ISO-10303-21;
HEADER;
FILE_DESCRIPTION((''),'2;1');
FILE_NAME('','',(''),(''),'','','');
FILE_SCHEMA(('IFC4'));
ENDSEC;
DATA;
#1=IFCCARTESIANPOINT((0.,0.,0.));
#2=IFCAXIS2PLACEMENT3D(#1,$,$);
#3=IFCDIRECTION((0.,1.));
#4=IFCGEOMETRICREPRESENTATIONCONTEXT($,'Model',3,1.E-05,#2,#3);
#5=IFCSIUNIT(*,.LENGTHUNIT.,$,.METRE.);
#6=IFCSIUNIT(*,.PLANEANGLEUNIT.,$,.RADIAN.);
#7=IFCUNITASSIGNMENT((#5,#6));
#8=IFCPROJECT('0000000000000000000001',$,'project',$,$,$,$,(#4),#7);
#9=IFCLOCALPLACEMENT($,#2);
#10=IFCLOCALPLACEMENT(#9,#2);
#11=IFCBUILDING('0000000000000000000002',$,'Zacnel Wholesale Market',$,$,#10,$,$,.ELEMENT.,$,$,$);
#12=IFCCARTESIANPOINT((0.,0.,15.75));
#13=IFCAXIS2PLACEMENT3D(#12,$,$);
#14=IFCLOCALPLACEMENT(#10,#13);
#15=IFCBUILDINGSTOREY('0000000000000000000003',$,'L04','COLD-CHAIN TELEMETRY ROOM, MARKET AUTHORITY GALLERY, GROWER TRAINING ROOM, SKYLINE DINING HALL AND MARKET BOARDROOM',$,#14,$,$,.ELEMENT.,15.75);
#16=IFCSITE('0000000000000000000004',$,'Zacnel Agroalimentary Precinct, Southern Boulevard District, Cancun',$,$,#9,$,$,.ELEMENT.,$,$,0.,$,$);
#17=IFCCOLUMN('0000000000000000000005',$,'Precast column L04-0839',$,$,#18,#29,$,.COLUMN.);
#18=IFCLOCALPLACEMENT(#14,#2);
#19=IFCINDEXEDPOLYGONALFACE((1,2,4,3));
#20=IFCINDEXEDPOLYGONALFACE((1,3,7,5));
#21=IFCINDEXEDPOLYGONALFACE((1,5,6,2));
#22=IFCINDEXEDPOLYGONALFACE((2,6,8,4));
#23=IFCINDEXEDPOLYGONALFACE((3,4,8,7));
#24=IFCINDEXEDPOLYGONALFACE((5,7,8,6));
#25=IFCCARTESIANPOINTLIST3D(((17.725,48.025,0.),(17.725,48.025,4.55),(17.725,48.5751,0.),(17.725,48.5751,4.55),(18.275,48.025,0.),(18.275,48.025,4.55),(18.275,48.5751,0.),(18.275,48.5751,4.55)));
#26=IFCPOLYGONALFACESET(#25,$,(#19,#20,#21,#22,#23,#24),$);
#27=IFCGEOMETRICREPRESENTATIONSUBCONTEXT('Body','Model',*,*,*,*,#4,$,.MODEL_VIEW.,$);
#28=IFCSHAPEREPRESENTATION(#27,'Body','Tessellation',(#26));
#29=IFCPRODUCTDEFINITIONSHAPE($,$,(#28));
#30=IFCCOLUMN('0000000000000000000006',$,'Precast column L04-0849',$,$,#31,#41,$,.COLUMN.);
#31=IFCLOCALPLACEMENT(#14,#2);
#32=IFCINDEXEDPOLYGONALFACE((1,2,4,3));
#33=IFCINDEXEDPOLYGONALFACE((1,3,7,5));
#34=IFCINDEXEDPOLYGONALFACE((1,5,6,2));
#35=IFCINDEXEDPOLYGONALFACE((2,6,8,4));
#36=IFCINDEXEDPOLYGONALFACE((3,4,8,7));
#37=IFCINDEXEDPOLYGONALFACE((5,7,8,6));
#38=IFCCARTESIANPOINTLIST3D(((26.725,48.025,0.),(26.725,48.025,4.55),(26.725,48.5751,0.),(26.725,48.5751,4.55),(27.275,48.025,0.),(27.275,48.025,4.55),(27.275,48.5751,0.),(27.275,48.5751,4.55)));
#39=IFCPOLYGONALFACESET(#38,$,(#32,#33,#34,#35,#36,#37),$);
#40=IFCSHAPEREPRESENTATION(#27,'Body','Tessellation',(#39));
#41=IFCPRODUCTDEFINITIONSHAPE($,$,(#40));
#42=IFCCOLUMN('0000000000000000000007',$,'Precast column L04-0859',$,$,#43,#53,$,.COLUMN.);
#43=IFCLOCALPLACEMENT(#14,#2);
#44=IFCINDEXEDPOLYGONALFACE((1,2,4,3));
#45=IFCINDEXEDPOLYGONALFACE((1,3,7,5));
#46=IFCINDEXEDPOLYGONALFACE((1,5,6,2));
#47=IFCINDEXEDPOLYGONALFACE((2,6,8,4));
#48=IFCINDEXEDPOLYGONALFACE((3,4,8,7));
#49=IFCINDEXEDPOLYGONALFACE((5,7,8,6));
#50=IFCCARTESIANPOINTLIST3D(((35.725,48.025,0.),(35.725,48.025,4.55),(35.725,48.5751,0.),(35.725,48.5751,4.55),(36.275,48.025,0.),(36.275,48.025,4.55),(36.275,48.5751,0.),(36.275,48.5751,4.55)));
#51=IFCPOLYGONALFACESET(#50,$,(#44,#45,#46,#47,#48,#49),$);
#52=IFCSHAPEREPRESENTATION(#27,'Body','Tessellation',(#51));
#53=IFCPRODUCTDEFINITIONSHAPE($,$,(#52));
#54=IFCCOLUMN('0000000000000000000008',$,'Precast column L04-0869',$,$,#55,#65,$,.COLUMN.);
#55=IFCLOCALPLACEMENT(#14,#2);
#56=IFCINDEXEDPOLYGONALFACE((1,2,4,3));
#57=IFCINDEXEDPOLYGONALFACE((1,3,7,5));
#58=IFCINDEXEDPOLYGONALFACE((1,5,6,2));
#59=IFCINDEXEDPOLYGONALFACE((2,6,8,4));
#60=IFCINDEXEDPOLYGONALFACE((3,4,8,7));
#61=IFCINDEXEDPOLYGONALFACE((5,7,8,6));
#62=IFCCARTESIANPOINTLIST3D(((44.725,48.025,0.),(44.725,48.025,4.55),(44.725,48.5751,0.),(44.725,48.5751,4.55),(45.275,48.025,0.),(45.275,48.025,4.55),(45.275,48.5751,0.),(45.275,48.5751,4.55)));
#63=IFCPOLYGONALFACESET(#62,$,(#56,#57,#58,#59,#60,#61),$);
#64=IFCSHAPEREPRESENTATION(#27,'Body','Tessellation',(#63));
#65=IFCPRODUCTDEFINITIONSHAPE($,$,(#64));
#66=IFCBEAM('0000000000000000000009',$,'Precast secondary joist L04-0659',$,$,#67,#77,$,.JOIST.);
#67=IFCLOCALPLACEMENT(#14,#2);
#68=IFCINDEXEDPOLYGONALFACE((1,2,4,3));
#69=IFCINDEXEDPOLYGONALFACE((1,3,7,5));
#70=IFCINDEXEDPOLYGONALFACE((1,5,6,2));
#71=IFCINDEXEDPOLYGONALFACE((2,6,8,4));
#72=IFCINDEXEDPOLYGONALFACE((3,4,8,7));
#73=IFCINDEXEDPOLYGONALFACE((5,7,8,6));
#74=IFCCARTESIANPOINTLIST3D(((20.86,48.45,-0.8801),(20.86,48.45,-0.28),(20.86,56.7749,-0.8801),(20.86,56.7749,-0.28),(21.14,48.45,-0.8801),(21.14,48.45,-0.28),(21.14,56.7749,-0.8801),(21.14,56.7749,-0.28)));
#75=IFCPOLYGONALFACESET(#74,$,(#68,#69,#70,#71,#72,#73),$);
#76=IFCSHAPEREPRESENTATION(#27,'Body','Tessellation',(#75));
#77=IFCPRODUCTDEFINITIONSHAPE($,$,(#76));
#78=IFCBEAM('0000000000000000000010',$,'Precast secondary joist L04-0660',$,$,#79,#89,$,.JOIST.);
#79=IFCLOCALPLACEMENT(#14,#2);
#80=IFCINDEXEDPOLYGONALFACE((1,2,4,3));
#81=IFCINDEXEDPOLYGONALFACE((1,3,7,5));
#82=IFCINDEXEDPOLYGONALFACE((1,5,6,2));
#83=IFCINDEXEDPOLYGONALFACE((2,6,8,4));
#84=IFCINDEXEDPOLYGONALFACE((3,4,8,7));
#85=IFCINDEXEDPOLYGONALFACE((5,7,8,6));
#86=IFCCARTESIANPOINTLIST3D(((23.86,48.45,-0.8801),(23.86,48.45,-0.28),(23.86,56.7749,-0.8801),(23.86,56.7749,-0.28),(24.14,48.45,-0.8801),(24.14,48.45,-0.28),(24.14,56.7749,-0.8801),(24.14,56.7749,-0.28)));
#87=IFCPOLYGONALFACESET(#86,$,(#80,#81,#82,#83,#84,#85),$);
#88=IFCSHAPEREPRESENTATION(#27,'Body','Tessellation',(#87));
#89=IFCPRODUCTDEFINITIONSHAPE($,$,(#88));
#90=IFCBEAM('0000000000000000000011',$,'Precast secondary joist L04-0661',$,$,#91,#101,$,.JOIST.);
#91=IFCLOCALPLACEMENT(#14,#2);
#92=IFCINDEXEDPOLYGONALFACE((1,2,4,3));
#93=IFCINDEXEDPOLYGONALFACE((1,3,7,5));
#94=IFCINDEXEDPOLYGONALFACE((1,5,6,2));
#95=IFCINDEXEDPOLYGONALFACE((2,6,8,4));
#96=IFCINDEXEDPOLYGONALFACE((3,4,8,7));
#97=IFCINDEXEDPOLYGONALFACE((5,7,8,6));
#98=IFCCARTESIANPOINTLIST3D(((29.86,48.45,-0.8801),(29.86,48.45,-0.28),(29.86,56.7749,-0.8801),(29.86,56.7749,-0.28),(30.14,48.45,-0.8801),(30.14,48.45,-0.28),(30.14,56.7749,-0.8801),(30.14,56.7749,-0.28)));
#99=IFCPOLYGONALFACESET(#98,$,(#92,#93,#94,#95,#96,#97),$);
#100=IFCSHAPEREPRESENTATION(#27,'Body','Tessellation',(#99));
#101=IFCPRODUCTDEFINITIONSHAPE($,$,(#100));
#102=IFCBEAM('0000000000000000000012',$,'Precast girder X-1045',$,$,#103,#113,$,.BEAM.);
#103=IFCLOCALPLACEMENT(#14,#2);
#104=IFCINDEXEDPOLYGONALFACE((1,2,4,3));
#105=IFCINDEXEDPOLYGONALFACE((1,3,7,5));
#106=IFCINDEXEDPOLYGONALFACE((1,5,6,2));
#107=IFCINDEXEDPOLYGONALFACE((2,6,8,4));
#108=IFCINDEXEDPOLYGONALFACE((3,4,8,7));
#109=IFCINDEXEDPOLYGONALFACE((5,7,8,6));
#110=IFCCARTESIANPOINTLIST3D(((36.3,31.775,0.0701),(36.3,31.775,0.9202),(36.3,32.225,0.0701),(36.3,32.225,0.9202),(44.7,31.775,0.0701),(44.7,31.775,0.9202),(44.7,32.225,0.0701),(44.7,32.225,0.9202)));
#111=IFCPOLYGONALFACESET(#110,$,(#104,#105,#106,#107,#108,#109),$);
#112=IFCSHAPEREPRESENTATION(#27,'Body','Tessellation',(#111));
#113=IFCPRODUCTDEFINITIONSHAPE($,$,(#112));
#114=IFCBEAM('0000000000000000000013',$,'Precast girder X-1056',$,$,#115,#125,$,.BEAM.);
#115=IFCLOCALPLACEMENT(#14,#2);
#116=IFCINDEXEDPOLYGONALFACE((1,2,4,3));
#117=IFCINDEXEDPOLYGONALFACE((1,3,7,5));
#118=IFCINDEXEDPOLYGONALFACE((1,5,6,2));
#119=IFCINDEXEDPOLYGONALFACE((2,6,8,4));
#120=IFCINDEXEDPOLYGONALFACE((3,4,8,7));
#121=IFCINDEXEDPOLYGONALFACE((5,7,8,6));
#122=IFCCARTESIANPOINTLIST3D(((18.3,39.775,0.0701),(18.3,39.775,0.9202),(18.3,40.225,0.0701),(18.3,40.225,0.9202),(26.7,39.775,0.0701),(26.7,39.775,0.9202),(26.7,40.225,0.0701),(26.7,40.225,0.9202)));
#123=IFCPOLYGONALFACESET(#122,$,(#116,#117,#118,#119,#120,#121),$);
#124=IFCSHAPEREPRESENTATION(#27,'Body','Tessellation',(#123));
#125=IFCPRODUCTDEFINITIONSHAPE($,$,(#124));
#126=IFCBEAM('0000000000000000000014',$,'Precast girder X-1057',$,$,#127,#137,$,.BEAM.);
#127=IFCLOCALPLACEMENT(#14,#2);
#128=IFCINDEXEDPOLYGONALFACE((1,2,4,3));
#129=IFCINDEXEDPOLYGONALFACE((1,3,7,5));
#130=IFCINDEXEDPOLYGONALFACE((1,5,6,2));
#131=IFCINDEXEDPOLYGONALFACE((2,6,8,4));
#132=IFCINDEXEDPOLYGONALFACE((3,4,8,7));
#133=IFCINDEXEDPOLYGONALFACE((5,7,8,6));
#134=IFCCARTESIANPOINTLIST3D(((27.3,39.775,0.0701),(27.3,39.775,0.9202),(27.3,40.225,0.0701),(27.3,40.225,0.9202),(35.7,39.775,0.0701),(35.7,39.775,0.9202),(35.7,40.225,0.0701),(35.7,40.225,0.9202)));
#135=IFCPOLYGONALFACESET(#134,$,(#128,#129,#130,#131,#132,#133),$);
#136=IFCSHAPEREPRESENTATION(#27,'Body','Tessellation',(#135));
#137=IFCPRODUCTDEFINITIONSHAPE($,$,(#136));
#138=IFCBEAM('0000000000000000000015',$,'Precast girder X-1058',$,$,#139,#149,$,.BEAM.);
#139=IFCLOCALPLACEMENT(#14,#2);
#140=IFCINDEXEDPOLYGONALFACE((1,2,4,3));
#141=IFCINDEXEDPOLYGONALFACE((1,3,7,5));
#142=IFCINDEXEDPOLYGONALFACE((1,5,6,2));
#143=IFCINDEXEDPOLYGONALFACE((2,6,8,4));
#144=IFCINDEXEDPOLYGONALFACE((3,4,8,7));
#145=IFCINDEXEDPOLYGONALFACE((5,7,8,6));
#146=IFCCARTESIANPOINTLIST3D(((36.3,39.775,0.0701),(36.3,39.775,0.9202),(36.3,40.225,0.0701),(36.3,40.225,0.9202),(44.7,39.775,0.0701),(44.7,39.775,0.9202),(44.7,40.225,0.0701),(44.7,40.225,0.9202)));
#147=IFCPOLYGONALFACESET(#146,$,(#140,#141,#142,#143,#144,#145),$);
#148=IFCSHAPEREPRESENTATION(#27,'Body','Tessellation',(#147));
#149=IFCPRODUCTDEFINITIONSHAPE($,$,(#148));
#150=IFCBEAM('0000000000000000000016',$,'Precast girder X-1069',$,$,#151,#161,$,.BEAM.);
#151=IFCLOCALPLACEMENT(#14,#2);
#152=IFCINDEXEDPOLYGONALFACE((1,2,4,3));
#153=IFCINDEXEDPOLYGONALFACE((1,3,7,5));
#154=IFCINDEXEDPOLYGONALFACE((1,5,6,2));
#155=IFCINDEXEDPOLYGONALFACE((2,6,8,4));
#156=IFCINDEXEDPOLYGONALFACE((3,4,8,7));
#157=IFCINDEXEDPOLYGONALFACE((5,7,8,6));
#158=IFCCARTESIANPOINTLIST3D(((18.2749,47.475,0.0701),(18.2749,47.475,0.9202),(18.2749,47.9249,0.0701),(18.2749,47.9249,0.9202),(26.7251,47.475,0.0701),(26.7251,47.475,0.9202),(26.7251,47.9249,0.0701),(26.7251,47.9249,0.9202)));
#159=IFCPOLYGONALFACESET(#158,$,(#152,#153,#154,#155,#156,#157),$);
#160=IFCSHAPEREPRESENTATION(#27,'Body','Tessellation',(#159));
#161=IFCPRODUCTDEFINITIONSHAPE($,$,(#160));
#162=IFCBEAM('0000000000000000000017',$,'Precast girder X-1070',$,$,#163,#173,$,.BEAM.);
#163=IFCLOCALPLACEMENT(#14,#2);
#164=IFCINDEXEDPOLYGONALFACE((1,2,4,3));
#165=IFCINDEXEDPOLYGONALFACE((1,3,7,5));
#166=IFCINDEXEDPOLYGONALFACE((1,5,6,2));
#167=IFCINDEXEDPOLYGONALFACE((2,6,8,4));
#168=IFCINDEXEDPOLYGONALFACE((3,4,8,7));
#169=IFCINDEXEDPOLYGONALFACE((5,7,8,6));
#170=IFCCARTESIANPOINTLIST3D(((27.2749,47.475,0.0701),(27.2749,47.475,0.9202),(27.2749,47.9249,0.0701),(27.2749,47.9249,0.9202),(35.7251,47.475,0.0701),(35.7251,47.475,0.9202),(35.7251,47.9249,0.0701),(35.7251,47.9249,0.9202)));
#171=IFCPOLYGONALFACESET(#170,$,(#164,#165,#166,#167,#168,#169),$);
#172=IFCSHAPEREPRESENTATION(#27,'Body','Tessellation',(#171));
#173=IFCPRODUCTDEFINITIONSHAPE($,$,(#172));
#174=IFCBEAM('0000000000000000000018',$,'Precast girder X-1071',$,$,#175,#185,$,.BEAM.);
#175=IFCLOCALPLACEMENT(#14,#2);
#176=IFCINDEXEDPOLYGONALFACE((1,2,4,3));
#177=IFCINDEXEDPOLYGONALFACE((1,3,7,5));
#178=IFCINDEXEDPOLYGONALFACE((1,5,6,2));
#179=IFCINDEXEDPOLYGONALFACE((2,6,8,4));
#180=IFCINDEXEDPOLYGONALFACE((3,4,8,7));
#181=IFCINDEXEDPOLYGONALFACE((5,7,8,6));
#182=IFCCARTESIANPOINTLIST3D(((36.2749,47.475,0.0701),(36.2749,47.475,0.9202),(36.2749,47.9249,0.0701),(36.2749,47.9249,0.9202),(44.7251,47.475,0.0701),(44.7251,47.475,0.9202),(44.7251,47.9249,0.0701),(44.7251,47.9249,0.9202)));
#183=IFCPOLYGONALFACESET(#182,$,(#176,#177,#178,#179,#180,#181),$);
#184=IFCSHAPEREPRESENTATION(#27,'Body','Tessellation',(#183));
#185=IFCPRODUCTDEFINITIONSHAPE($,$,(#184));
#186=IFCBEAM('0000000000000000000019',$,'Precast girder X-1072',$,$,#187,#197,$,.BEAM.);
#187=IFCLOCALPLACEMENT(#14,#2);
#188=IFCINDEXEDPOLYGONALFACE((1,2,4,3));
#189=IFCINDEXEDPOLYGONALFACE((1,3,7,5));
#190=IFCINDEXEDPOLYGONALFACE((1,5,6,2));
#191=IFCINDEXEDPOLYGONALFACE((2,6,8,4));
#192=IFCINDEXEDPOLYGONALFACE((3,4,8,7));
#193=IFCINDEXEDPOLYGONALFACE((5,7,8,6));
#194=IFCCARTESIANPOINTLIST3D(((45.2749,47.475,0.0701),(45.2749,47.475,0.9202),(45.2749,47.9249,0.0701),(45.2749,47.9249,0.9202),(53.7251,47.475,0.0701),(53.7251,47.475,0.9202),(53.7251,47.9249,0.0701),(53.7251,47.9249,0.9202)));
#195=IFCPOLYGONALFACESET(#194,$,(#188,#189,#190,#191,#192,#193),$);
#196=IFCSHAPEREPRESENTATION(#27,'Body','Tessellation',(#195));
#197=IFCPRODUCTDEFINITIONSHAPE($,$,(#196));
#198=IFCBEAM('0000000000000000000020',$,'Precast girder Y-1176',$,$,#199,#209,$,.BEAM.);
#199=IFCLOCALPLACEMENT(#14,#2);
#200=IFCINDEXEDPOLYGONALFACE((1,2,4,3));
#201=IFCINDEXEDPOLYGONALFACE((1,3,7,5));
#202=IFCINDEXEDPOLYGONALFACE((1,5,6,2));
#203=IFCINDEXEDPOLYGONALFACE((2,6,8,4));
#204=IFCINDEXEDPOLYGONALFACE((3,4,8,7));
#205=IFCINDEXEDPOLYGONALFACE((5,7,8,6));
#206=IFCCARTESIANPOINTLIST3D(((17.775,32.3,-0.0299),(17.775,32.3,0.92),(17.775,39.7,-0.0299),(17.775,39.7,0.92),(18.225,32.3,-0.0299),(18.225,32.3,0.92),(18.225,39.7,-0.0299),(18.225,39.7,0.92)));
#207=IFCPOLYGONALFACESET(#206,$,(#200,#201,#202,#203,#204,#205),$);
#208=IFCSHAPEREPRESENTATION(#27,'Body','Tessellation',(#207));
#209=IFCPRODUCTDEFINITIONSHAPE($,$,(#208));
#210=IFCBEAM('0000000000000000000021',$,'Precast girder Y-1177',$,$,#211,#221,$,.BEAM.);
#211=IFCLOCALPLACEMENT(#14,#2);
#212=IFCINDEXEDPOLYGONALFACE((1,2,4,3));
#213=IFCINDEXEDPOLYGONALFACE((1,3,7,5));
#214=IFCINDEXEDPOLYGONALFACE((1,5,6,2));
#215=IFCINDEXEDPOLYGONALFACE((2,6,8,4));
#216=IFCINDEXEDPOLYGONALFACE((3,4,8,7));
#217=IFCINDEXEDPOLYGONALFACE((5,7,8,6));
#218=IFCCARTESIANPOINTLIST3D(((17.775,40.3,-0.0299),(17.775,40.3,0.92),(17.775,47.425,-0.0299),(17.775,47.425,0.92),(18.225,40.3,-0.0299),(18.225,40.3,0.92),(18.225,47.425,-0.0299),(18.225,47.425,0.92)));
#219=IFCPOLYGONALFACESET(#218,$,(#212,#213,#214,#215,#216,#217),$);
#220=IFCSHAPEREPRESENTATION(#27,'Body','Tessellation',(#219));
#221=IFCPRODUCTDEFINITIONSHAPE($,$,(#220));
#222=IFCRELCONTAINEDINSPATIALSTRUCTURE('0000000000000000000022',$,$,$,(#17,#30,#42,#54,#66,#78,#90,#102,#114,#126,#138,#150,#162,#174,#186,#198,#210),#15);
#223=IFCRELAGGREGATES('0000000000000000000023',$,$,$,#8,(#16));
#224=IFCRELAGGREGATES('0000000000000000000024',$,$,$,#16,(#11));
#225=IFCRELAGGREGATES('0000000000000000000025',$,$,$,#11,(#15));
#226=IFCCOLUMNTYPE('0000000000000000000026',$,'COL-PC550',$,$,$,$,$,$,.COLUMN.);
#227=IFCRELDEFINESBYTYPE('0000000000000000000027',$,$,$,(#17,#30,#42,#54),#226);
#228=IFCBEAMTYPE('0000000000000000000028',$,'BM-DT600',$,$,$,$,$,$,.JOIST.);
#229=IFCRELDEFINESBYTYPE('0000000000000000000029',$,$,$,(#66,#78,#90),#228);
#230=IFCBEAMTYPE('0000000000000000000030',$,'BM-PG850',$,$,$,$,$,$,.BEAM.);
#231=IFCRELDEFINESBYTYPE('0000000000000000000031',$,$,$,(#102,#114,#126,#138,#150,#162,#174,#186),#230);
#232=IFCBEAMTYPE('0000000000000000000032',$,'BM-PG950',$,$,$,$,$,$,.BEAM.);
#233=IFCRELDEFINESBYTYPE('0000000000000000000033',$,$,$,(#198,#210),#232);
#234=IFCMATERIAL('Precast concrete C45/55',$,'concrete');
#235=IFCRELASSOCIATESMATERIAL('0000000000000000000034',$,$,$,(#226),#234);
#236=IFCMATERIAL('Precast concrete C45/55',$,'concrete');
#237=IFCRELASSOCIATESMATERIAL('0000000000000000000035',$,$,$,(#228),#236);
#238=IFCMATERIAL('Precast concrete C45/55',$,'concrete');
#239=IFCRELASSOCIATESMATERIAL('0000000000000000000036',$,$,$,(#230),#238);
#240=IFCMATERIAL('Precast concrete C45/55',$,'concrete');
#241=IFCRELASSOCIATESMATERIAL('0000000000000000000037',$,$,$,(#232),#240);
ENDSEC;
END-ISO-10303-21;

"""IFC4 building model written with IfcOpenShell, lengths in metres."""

from ifc_helpers import new_model, si_unit, direction, frame, origin, origin_2d, place, context, subcontext, project, spatial, rectangle, extrude, material, material_profile, profile_set, type_object, element, save


model = new_model("IFC4")

# Units and contexts
model_context = context("Model", 3, precision=1e-05, world=origin(), true_north=direction((0.0, 1.0)))
body_context = subcontext(model_context, "Body", "Model", "MODEL_VIEW")
ifc_project = project(units=[si_unit("LENGTHUNIT", "METRE"), si_unit("PLANEANGLEUNIT", "RADIAN")], contexts=[model_context])

# Site, building, storey
site_placement = place(None, origin())
site = spatial("IfcSite", under=ifc_project, at=site_placement, Name="Zacnel Agroalimentary Precinct, Southern Boulevard District, Cancun", CompositionType="ELEMENT", RefElevation=0.0)
building_placement = place(site_placement, origin())
building = spatial("IfcBuilding", under=site, at=building_placement, Name="Zacnel Wholesale Market", CompositionType="ELEMENT")
storey_placement = place(building_placement, frame((0.0, 0.0, 15.75)))
storey = spatial("IfcBuildingStorey", under=building, at=storey_placement, Name="L04", Description="COLD-CHAIN TELEMETRY ROOM, MARKET AUTHORITY GALLERY, GROWER TRAINING ROOM, SKYLINE DINING HALL AND MARKET BOARDROOM", CompositionType="ELEMENT", Elevation=15.75)

# Columns
ifc_material_1 = material(Name="Precast concrete C45/55", Category="concrete")
ifc_material_profile_1 = material_profile(ifc_material_1, rectangle(XDim=0.55, YDim=0.55, at=origin_2d()), Name="PC 550x550")
ifc_profile_set_1 = profile_set([ifc_material_profile_1], Name="Precast concrete C45/55")
column_type = type_object("IfcColumnType", Name="COL-PC550", PredefinedType="COLUMN", material=ifc_profile_set_1)
for number, where, z_axis, x_axis, name in (
    (1, (18.0, 48.3, 0.0), (0.0, 0.0, 1.0), (1.0, 0.0, 0.0), "Precast column L04-0839"),
    (2, (27.0, 48.3, 0.0), (0.0, 0.0, 1.0), (1.0, 0.0, 0.0), "Precast column L04-0849"),
    (3, (36.0, 48.3, 0.0), (0.0, 0.0, 1.0), (1.0, 0.0, 0.0), "Precast column L04-0859"),
    (4, (45.0, 48.3, 0.0), (0.0, 0.0, 1.0), (1.0, 0.0, 0.0), "Precast column L04-0869"),
):
    element("IfcColumn", number, at=place(storey_placement, frame(where, z_axis=z_axis, x_axis=x_axis)), inside=storey, type_object=column_type, Name=name, PredefinedType="COLUMN", context=body_context, shape_type="SweptSolid", body=[
        extrude(rectangle(XDim=0.55, YDim=0.55, at=origin_2d()), origin(), (0.0, 0.0, 1.0), 4.55),
    ])

# Beams
ifc_material_2 = material(Name="Precast concrete C45/55", Category="concrete")
ifc_material_profile_2 = material_profile(ifc_material_2, rectangle(XDim=0.28, YDim=0.6001, at=origin_2d()), Name="DT RIB 280x600")
ifc_profile_set_2 = profile_set([ifc_material_profile_2], Name="Precast concrete C45/55")
beam_type_1 = type_object("IfcBeamType", Name="BM-DT600", PredefinedType="JOIST", material=ifc_profile_set_2)
for number, where, z_axis, x_axis, name in (
    (5, (21.0, 48.45, -0.5801), (0.0, 1.0, 0.0), (-1.0, 0.0, 0.0), "Precast secondary joist L04-0659"),
    (6, (24.0, 48.45, -0.5801), (0.0, 1.0, 0.0), (-1.0, 0.0, 0.0), "Precast secondary joist L04-0660"),
    (7, (30.0, 48.45, -0.5801), (0.0, 1.0, 0.0), (-1.0, 0.0, 0.0), "Precast secondary joist L04-0661"),
):
    element("IfcBeam", number, at=place(storey_placement, frame(where, z_axis=z_axis, x_axis=x_axis)), inside=storey, type_object=beam_type_1, Name=name, PredefinedType="JOIST", context=body_context, shape_type="SweptSolid", body=[
        extrude(rectangle(XDim=0.28, YDim=0.6001, at=origin_2d()), origin(), (0.0, 0.0, 1.0), 8.325),
    ])
ifc_material_3 = material(Name="Precast concrete C45/55", Category="concrete")
ifc_material_profile_3 = material_profile(ifc_material_3, rectangle(XDim=0.45, YDim=0.8501, at=origin_2d()), Name="PG 450x850")
ifc_profile_set_3 = profile_set([ifc_material_profile_3], Name="Precast concrete C45/55")
beam_type_2 = type_object("IfcBeamType", Name="BM-PG850", PredefinedType="BEAM", material=ifc_profile_set_3)
for number, where, z_axis, x_axis, name in (
    (8, (36.3, 32.0, 0.4951), (1.0, 0.0, 0.0), (0.0, 1.0, 0.0), "Precast girder X-1045"),
    (9, (18.3, 40.0, 0.4951), (1.0, 0.0, 0.0), (0.0, 1.0, 0.0), "Precast girder X-1056"),
    (10, (27.3, 40.0, 0.4951), (1.0, 0.0, 0.0), (0.0, 1.0, 0.0), "Precast girder X-1057"),
    (11, (36.3, 40.0, 0.4951), (1.0, 0.0, 0.0), (0.0, 1.0, 0.0), "Precast girder X-1058"),
):
    element("IfcBeam", number, at=place(storey_placement, frame(where, z_axis=z_axis, x_axis=x_axis)), inside=storey, type_object=beam_type_2, Name=name, PredefinedType="BEAM", context=body_context, shape_type="SweptSolid", body=[
        extrude(rectangle(XDim=0.45, YDim=0.8501, at=origin_2d()), origin(), (0.0, 0.0, 1.0), 8.3999),
    ])
for number, where, z_axis, x_axis, name in (
    (12, (18.2749, 47.7, 0.4951), (1.0, 0.0, 0.0), (0.0, 1.0, 0.0), "Precast girder X-1069"),
    (13, (27.2749, 47.7, 0.4951), (1.0, 0.0, 0.0), (0.0, 1.0, 0.0), "Precast girder X-1070"),
    (14, (36.2749, 47.7, 0.4951), (1.0, 0.0, 0.0), (0.0, 1.0, 0.0), "Precast girder X-1071"),
    (15, (45.2749, 47.7, 0.4951), (1.0, 0.0, 0.0), (0.0, 1.0, 0.0), "Precast girder X-1072"),
):
    element("IfcBeam", number, at=place(storey_placement, frame(where, z_axis=z_axis, x_axis=x_axis)), inside=storey, type_object=beam_type_2, Name=name, PredefinedType="BEAM", context=body_context, shape_type="SweptSolid", body=[
        extrude(rectangle(XDim=0.45, YDim=0.8501, at=origin_2d()), origin(), (0.0, 0.0, 1.0), 8.4502),
    ])
ifc_material_4 = material(Name="Precast concrete C45/55", Category="concrete")
ifc_material_profile_4 = material_profile(ifc_material_4, rectangle(XDim=0.45, YDim=0.95, at=origin_2d()), Name="PG 450x950")
ifc_profile_set_4 = profile_set([ifc_material_profile_4], Name="Precast concrete C45/55")
beam_type_3 = type_object("IfcBeamType", Name="BM-PG950", PredefinedType="BEAM", material=ifc_profile_set_4)
beam_1_placement = place(storey_placement, frame((18.0, 32.3, 0.4451), z_axis=(0.0, 1.0, 0.0), x_axis=(-1.0, 0.0, 0.0)))
element("IfcBeam", 16, at=beam_1_placement, inside=storey, type_object=beam_type_3, Name="Precast girder Y-1176", PredefinedType="BEAM", context=body_context, shape_type="SweptSolid", body=[
    extrude(rectangle(XDim=0.45, YDim=0.95, at=origin_2d()), origin(), (0.0, 0.0, 1.0), 7.3999),
])
beam_2_placement = place(storey_placement, frame((18.0, 40.3, 0.4451), z_axis=(0.0, 1.0, 0.0), x_axis=(-1.0, 0.0, 0.0)))
element("IfcBeam", 17, at=beam_2_placement, inside=storey, type_object=beam_type_3, Name="Precast girder Y-1177", PredefinedType="BEAM", context=body_context, shape_type="SweptSolid", body=[
    extrude(rectangle(XDim=0.45, YDim=0.95, at=origin_2d()), origin(), (0.0, 0.0, 1.0), 7.125),
])

save(model, "model.ifc")
